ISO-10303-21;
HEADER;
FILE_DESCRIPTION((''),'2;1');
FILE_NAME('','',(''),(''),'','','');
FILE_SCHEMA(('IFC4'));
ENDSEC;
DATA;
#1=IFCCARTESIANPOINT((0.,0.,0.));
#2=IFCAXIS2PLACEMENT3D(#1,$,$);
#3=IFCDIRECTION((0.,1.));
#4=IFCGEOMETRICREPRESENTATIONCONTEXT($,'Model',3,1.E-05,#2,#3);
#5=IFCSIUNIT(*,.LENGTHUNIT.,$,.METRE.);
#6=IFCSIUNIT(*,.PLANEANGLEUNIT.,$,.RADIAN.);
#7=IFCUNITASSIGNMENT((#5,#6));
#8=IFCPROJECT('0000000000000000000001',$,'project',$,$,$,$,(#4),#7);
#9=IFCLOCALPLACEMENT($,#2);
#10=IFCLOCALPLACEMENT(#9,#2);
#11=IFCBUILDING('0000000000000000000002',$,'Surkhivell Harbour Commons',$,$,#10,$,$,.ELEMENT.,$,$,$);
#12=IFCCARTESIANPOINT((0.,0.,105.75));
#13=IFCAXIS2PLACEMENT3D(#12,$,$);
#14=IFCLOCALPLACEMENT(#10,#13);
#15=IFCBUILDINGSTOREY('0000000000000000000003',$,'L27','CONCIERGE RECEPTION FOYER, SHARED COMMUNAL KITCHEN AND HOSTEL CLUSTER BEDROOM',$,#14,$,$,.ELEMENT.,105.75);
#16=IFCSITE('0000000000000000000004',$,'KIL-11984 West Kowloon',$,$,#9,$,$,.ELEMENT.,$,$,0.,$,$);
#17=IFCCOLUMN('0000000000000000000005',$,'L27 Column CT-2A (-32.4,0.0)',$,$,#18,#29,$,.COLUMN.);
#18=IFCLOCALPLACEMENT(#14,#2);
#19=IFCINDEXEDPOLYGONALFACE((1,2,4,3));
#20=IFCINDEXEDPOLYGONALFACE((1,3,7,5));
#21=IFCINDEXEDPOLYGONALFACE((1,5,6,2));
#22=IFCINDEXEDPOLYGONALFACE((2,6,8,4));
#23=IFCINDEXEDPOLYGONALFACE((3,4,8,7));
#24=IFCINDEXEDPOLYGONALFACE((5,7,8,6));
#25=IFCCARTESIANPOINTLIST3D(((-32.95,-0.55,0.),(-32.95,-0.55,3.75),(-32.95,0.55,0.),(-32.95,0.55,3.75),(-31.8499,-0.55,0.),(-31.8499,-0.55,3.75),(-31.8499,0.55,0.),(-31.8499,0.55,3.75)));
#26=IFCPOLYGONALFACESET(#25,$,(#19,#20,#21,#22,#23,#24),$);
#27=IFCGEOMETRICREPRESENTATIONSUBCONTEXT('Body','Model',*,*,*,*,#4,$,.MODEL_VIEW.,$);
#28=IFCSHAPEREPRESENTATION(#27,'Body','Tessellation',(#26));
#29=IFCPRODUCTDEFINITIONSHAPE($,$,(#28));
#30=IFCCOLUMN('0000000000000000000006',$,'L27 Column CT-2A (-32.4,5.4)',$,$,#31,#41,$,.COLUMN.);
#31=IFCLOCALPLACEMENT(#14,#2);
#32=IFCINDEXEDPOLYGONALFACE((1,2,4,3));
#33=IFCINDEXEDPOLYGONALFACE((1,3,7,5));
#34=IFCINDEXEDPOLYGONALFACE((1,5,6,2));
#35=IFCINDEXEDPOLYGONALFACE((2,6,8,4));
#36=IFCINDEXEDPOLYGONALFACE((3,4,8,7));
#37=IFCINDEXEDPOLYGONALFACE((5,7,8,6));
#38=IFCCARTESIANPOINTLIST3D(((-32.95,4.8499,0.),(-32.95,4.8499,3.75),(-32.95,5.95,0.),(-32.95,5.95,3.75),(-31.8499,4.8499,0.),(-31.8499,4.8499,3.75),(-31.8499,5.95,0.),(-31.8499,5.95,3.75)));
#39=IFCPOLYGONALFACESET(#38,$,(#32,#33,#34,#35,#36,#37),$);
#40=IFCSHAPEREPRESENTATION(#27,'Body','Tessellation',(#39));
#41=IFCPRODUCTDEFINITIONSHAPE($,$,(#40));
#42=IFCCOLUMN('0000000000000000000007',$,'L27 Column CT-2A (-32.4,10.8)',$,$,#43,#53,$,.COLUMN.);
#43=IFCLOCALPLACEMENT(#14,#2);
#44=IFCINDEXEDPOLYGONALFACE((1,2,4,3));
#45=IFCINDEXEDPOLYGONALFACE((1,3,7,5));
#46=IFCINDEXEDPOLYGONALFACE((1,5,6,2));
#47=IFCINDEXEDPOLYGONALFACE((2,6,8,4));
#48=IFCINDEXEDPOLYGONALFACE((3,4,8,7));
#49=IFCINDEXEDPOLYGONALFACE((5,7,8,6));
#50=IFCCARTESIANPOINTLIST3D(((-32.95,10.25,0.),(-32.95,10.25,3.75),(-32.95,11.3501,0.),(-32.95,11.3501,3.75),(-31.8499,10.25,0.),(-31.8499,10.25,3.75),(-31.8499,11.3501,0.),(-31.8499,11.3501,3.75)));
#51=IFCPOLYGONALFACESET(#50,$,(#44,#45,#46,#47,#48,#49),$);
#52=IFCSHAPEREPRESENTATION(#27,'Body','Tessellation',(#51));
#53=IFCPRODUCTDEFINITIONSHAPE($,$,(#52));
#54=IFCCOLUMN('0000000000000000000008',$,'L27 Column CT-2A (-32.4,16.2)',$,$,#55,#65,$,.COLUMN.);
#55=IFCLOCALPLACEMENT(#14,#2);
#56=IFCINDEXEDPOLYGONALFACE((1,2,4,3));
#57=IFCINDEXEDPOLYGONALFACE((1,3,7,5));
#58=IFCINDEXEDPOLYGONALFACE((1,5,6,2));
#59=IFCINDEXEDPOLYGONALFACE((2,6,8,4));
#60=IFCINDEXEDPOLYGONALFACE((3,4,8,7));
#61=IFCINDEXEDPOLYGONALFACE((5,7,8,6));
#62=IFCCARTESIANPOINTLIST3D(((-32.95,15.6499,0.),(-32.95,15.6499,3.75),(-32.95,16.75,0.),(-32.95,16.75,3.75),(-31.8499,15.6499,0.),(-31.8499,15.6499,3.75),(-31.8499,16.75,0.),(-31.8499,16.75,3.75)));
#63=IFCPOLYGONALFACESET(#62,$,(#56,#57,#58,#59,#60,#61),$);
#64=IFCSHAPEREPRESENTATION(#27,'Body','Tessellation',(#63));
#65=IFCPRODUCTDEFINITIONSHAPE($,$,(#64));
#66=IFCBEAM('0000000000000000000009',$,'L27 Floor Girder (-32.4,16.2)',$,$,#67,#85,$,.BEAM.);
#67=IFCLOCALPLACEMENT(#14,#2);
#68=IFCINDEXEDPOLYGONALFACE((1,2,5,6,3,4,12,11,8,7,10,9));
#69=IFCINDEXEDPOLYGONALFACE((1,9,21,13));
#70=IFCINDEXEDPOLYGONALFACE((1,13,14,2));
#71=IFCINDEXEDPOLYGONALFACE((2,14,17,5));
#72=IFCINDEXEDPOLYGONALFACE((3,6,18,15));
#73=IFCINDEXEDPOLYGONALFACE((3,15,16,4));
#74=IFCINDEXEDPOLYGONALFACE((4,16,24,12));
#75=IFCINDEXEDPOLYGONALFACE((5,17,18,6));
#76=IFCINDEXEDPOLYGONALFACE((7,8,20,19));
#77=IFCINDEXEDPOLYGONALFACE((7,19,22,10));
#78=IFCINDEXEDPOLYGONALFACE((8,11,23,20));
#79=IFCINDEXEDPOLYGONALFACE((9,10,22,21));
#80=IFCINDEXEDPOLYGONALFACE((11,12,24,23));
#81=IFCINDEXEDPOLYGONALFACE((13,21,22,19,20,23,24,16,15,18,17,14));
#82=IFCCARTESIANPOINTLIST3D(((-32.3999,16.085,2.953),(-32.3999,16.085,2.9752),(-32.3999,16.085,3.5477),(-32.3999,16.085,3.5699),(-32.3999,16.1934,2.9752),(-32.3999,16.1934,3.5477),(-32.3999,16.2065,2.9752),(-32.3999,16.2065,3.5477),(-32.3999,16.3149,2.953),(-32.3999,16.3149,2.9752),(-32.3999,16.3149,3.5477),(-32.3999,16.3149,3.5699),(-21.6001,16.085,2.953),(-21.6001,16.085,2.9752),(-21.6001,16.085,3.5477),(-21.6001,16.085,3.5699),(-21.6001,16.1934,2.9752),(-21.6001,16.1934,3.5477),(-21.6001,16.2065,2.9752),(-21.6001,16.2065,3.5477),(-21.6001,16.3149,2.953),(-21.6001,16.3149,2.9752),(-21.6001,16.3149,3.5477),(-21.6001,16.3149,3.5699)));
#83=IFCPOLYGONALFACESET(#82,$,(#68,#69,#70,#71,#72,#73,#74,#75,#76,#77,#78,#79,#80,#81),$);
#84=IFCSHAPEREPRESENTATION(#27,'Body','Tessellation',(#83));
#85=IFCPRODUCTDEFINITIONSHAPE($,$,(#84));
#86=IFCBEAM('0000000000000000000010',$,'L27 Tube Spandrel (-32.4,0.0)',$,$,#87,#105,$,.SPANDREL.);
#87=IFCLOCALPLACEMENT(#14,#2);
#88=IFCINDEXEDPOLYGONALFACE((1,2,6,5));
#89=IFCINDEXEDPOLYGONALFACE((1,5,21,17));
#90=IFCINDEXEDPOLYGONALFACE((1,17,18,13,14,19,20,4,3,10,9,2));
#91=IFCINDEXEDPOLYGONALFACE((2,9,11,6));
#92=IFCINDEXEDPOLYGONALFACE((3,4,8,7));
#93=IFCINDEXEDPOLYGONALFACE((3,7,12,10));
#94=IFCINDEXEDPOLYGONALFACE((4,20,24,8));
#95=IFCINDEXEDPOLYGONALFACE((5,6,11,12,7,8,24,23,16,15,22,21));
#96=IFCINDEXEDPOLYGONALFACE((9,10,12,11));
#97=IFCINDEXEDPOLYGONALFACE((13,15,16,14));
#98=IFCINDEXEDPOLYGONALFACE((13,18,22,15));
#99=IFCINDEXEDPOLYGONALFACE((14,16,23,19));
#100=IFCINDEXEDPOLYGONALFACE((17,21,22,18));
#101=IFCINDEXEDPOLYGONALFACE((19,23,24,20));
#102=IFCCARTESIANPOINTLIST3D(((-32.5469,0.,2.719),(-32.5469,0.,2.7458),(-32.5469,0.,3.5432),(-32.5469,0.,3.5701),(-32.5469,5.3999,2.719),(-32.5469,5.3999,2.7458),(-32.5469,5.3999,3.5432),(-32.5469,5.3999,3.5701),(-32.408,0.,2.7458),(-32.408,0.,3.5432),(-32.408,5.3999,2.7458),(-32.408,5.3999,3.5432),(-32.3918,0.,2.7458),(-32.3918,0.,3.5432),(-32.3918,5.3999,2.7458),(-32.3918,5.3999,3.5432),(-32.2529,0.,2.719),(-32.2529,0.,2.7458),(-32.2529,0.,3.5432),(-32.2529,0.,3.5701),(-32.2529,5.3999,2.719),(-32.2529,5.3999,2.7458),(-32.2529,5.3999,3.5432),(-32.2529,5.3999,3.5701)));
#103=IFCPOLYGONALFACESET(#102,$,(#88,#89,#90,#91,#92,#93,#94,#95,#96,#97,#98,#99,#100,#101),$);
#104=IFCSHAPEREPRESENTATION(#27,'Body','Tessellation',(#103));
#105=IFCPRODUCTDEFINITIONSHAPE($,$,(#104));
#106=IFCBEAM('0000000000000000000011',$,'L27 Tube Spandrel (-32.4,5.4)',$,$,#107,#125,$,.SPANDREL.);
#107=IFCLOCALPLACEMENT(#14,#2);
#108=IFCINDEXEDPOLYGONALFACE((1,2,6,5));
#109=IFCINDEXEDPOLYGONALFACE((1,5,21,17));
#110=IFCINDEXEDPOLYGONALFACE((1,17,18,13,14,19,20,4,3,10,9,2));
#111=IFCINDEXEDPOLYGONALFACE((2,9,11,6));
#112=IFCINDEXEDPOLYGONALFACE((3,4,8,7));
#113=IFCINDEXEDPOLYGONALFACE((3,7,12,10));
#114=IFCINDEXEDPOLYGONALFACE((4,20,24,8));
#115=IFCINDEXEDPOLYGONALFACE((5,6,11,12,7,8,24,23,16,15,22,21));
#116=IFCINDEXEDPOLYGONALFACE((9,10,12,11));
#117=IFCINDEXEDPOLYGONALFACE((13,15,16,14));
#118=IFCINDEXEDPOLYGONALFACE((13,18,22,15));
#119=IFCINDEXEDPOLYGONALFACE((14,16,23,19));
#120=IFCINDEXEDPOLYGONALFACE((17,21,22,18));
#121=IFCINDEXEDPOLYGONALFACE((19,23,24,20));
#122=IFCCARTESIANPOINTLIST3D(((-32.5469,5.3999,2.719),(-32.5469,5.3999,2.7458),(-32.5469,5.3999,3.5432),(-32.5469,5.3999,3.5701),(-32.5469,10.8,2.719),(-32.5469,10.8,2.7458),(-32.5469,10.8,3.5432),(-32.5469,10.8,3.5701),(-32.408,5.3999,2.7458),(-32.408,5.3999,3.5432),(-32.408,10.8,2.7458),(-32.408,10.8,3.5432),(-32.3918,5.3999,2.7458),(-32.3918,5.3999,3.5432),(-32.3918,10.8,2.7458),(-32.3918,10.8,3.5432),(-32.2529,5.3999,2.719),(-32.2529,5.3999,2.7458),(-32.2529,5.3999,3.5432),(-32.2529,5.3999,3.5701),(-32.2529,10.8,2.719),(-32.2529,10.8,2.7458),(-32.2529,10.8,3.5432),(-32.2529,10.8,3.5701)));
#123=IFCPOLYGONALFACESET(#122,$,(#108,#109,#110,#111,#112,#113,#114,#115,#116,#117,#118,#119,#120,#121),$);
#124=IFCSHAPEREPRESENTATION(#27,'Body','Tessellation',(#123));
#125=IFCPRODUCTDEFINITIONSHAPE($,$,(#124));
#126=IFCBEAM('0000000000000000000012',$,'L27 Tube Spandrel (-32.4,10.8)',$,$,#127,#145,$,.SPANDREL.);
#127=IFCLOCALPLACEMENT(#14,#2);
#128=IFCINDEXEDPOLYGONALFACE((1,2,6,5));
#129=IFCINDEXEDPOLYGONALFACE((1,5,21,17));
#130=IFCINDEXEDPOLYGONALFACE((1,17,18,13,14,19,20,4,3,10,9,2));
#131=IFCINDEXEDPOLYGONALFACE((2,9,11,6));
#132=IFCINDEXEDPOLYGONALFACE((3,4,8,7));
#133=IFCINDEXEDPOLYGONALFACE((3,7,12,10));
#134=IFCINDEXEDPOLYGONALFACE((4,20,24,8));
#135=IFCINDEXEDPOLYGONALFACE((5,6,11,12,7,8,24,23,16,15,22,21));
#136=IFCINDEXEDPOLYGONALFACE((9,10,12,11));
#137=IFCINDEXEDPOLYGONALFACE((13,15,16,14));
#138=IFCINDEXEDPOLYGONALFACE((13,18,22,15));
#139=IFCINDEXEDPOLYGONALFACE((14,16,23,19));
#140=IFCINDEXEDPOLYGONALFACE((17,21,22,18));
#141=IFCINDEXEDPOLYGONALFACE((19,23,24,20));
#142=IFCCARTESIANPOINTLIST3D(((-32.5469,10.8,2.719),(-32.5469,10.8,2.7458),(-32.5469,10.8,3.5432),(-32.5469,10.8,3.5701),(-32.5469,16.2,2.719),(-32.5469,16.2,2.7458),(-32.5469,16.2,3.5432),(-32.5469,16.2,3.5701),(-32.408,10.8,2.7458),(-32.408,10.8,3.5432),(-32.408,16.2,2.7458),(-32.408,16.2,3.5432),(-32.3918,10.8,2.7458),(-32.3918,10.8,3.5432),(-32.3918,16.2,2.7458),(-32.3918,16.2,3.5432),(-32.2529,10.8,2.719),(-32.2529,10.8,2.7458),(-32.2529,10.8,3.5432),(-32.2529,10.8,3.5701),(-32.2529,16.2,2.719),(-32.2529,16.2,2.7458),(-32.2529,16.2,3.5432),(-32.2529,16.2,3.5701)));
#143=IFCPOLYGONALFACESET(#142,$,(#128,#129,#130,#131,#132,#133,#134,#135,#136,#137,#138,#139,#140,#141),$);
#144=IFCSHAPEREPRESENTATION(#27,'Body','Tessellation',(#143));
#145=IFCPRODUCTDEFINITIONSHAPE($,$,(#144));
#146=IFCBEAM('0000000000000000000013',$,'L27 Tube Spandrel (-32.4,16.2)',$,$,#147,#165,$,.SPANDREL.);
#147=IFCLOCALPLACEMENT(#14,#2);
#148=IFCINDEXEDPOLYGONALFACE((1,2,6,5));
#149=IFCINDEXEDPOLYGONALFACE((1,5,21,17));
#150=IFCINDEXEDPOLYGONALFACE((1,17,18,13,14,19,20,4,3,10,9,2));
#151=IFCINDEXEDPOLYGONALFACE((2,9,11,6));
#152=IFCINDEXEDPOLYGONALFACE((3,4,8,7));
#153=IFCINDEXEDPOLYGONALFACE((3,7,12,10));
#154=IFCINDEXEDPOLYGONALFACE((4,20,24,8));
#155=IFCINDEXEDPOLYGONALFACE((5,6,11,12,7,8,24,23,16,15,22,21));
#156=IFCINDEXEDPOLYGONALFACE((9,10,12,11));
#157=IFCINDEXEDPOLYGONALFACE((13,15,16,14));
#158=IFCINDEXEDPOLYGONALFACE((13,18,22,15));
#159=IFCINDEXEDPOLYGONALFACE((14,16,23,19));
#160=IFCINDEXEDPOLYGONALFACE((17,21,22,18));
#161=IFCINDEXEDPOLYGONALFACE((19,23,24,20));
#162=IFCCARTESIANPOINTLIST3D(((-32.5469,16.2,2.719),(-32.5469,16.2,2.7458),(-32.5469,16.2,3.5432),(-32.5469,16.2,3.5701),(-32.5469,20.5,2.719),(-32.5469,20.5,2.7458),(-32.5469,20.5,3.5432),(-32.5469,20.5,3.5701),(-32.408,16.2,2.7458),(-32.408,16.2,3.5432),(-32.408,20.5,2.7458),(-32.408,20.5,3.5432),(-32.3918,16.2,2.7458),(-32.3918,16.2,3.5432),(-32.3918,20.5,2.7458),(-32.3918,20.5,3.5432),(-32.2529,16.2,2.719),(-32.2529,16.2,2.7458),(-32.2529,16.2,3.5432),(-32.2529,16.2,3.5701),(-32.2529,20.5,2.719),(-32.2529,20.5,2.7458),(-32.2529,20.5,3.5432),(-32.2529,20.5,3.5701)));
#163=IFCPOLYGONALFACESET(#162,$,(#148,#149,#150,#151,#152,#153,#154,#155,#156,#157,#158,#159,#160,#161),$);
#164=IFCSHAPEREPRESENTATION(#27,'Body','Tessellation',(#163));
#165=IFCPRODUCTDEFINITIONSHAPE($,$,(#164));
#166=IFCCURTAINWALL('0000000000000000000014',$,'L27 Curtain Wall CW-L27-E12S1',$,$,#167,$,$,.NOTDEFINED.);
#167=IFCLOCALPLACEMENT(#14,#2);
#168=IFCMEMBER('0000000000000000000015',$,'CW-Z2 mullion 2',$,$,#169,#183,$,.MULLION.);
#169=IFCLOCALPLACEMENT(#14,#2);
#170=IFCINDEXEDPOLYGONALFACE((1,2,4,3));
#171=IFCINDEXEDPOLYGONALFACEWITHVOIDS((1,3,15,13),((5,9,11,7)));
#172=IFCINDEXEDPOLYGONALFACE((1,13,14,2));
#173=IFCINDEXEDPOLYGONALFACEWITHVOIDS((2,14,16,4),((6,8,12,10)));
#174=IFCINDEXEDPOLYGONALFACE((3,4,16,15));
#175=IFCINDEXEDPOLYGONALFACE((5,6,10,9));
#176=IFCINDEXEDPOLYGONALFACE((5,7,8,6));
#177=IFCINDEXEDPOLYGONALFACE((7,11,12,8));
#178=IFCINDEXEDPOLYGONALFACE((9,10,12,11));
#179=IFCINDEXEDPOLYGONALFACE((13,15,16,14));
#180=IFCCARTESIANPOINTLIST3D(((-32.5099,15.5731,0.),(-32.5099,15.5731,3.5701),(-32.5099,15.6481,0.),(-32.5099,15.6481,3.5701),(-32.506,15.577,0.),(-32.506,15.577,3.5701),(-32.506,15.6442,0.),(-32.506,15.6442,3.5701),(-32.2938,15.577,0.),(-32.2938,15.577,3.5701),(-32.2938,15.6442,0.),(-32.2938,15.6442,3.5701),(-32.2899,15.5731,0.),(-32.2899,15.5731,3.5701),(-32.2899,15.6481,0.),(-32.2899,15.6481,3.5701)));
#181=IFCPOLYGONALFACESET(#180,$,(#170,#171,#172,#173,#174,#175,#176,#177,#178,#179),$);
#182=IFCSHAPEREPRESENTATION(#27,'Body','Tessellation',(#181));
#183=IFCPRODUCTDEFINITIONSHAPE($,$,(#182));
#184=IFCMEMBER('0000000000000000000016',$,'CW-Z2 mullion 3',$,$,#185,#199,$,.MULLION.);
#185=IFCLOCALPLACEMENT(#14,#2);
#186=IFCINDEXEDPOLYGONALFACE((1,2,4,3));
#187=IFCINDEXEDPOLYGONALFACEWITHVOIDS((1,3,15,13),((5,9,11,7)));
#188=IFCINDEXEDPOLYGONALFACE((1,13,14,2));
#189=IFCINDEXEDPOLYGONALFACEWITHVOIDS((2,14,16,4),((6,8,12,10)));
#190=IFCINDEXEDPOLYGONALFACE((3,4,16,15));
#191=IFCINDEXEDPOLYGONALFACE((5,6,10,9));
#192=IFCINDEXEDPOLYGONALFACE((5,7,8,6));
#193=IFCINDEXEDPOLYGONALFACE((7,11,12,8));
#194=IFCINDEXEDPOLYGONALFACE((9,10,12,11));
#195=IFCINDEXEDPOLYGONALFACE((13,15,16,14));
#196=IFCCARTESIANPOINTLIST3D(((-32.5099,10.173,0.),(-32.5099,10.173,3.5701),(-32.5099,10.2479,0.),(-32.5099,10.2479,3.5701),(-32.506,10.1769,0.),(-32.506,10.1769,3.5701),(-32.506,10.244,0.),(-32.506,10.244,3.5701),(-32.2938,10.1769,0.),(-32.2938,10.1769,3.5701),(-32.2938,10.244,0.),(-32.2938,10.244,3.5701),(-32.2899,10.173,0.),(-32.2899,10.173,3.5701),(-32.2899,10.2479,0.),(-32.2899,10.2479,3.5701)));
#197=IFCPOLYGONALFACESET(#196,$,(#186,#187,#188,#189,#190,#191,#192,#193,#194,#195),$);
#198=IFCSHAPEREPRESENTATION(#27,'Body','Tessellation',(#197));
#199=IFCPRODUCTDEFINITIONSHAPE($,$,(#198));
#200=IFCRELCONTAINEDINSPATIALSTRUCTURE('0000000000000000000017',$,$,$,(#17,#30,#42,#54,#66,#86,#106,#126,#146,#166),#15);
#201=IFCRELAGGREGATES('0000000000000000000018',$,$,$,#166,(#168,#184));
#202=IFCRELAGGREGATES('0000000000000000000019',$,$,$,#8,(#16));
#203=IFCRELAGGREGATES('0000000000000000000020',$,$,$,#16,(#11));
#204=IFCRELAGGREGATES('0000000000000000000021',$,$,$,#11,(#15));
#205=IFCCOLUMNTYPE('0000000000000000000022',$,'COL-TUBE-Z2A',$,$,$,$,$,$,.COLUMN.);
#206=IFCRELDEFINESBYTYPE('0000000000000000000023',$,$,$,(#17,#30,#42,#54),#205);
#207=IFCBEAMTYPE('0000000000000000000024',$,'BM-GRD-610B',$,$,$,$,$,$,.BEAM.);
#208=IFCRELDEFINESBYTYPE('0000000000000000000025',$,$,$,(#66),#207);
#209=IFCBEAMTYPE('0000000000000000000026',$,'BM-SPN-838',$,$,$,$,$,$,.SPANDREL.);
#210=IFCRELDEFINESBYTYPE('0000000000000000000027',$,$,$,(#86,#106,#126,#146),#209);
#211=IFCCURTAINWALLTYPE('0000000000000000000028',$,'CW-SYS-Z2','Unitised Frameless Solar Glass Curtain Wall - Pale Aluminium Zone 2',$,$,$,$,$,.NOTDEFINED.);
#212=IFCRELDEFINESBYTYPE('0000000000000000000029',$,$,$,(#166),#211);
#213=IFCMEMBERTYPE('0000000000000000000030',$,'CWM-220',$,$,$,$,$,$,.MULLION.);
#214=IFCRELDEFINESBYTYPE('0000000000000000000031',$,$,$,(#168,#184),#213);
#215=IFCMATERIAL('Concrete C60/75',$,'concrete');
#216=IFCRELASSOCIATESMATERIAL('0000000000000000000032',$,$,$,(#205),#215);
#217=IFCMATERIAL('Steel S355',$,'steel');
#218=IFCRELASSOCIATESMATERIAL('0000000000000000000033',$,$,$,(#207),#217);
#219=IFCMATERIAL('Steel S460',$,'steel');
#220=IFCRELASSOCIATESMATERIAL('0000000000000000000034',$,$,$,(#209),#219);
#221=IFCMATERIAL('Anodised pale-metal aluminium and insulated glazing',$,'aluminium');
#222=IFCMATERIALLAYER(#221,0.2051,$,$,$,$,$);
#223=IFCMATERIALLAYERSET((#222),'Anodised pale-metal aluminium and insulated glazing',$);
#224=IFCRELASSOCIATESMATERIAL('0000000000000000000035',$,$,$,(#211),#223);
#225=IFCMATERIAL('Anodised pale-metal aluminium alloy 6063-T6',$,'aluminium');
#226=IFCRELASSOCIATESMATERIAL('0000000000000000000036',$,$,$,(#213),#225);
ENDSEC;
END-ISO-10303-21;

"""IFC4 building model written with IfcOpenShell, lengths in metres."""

from ifc_helpers import new_model, si_unit, direction, frame, origin, origin_2d, place, context, subcontext, project, spatial, rectangle, hollow_rectangle, i_section, extrude, material, layer, layer_set, material_profile, profile_set, type_object, element, aggregate, save


model = new_model("IFC4")

# Units and contexts
model_context = context("Model", 3, precision=1e-05, world=origin(), true_north=direction((0.0, 1.0)))
body_context = subcontext(model_context, "Body", "Model", "MODEL_VIEW")
ifc_project = project(units=[si_unit("LENGTHUNIT", "METRE"), si_unit("PLANEANGLEUNIT", "RADIAN")], contexts=[model_context])

# Site, building, storey
site_placement = place(None, origin())
site = spatial("IfcSite", under=ifc_project, at=site_placement, Name="KIL-11984 West Kowloon", CompositionType="ELEMENT", RefElevation=0.0)
building_placement = place(site_placement, origin())
building = spatial("IfcBuilding", under=site, at=building_placement, Name="Surkhivell Harbour Commons", CompositionType="ELEMENT")
storey_placement = place(building_placement, frame((0.0, 0.0, 105.75)))
storey = spatial("IfcBuildingStorey", under=building, at=storey_placement, Name="L27", Description="CONCIERGE RECEPTION FOYER, SHARED COMMUNAL KITCHEN AND HOSTEL CLUSTER BEDROOM", CompositionType="ELEMENT", Elevation=105.75)

# Columns
ifc_material_1 = material(Name="Concrete C60/75", Category="concrete")
ifc_material_profile_1 = material_profile(ifc_material_1, rectangle(XDim=1.1001, YDim=1.1001, at=origin_2d()), Name="RC-COL-1100x1100")
ifc_profile_set_1 = profile_set([ifc_material_profile_1], Name="Concrete C60/75")
column_type = type_object("IfcColumnType", Name="COL-TUBE-Z2A", PredefinedType="COLUMN", material=ifc_profile_set_1)
for number, where, z_axis, x_axis, name in (
    (1, (-32.3999, 0.0, 0.0), (0.0, 0.0, 1.0), (1.0, 0.0, 0.0), "L27 Column CT-2A (-32.4,0.0)"),
    (2, (-32.3999, 5.3999, 0.0), (0.0, 0.0, 1.0), (1.0, 0.0, 0.0), "L27 Column CT-2A (-32.4,5.4)"),
    (3, (-32.3999, 10.8, 0.0), (0.0, 0.0, 1.0), (1.0, 0.0, 0.0), "L27 Column CT-2A (-32.4,10.8)"),
    (4, (-32.3999, 16.2, 0.0), (0.0, 0.0, 1.0), (1.0, 0.0, 0.0), "L27 Column CT-2A (-32.4,16.2)"),
):
    element("IfcColumn", number, at=place(storey_placement, frame(where, z_axis=z_axis, x_axis=x_axis)), inside=storey, type_object=column_type, Name=name, PredefinedType="COLUMN", context=body_context, shape_type="SweptSolid", body=[
        extrude(rectangle(XDim=1.1001, YDim=1.1001, at=origin_2d()), origin(), (0.0, 0.0, 1.0), 3.75),
    ])

# Beams
ifc_material_2 = material(Name="Steel S355", Category="steel")
ifc_material_profile_2 = material_profile(ifc_material_2, i_section(OverallWidth=0.23, OverallDepth=0.6169, WebThickness=0.0132, FlangeThickness=0.0222, at=origin_2d()), Name="UB610x229x140")
ifc_profile_set_2 = profile_set([ifc_material_profile_2], Name="Steel S355")
beam_type_1 = type_object("IfcBeamType", Name="BM-GRD-610B", PredefinedType="BEAM", material=ifc_profile_set_2)
beam_1_placement = place(storey_placement, frame((-32.3999, 16.2, 3.2615), z_axis=(1.0, 0.0, 0.0), x_axis=(0.0, 1.0, 0.0)))
element("IfcBeam", 5, at=beam_1_placement, inside=storey, type_object=beam_type_1, Name="L27 Floor Girder (-32.4,16.2)", PredefinedType="BEAM", context=body_context, shape_type="SweptSolid", body=[
    extrude(i_section(OverallWidth=0.23, OverallDepth=0.6169, WebThickness=0.0132, FlangeThickness=0.0222, at=origin_2d()), origin(), (0.0, 0.0, 1.0), 10.7998),
])
ifc_material_3 = material(Name="Steel S460", Category="steel")
ifc_material_profile_3 = material_profile(ifc_material_3, i_section(OverallWidth=0.2939, OverallDepth=0.8511, WebThickness=0.0161, FlangeThickness=0.0269, at=origin_2d()), Name="UB838x292x226")
ifc_profile_set_3 = profile_set([ifc_material_profile_3], Name="Steel S460")
beam_type_2 = type_object("IfcBeamType", Name="BM-SPN-838", PredefinedType="SPANDREL", material=ifc_profile_set_3)
beam_2_placement = place(storey_placement, frame((-32.3999, 0.0, 3.1445), z_axis=(0.0, 1.0, 0.0), x_axis=(-1.0, 0.0, 0.0)))
element("IfcBeam", 6, at=beam_2_placement, inside=storey, type_object=beam_type_2, Name="L27 Tube Spandrel (-32.4,0.0)", PredefinedType="SPANDREL", context=body_context, shape_type="SweptSolid", body=[
    extrude(i_section(OverallWidth=0.2939, OverallDepth=0.8511, WebThickness=0.0161, FlangeThickness=0.0269, at=origin_2d()), origin(), (0.0, 0.0, 1.0), 5.3999),
])
beam_3_placement = place(storey_placement, frame((-32.3999, 5.3999, 3.1445), z_axis=(0.0, 1.0, 0.0), x_axis=(-1.0, 0.0, 0.0)))
element("IfcBeam", 7, at=beam_3_placement, inside=storey, type_object=beam_type_2, Name="L27 Tube Spandrel (-32.4,5.4)", PredefinedType="SPANDREL", context=body_context, shape_type="SweptSolid", body=[
    extrude(i_section(OverallWidth=0.2939, OverallDepth=0.8511, WebThickness=0.0161, FlangeThickness=0.0269, at=origin_2d()), origin(), (0.0, 0.0, 1.0), 5.4001),
])
beam_4_placement = place(storey_placement, frame((-32.3999, 10.8, 3.1445), z_axis=(0.0, 1.0, 0.0), x_axis=(-1.0, 0.0, 0.0)))
element("IfcBeam", 8, at=beam_4_placement, inside=storey, type_object=beam_type_2, Name="L27 Tube Spandrel (-32.4,10.8)", PredefinedType="SPANDREL", context=body_context, shape_type="SweptSolid", body=[
    extrude(i_section(OverallWidth=0.2939, OverallDepth=0.8511, WebThickness=0.0161, FlangeThickness=0.0269, at=origin_2d()), origin(), (0.0, 0.0, 1.0), 5.3999),
])
beam_5_placement = place(storey_placement, frame((-32.3999, 16.2, 3.1445), z_axis=(0.0, 1.0, 0.0), x_axis=(-1.0, 0.0, 0.0)))
element("IfcBeam", 9, at=beam_5_placement, inside=storey, type_object=beam_type_2, Name="L27 Tube Spandrel (-32.4,16.2)", PredefinedType="SPANDREL", context=body_context, shape_type="SweptSolid", body=[
    extrude(i_section(OverallWidth=0.2939, OverallDepth=0.8511, WebThickness=0.0161, FlangeThickness=0.0269, at=origin_2d()), origin(), (0.0, 0.0, 1.0), 4.3),
])

# Curtain wall, members
ifc_material_4 = material(Name="Anodised pale-metal aluminium and insulated glazing", Category="aluminium")
ifc_layer_1 = layer(ifc_material_4, 0.2051)
ifc_layer_set_1 = layer_set([ifc_layer_1], Name="Anodised pale-metal aluminium and insulated glazing")
curtain_wall_type = type_object("IfcCurtainWallType", Name="CW-SYS-Z2", Description="Unitised Frameless Solar Glass Curtain Wall - Pale Aluminium Zone 2", PredefinedType="NOTDEFINED", material=ifc_layer_set_1)
curtain_wall_placement = place(storey_placement, origin())
curtain_wall = element("IfcCurtainWall", 10, at=curtain_wall_placement, inside=storey, type_object=curtain_wall_type, Name="L27 Curtain Wall CW-L27-E12S1", PredefinedType="NOTDEFINED")
ifc_material_5 = material(Name="Anodised pale-metal aluminium alloy 6063-T6", Category="aluminium")
ifc_material_profile_4 = material_profile(ifc_material_5, hollow_rectangle(XDim=0.075, YDim=0.22, WallThickness=0.0039, at=origin_2d()), Name="ALU-MULL-75x220")
ifc_profile_set_4 = profile_set([ifc_material_profile_4], Name="Anodised pale-metal aluminium alloy 6063-T6")
member_type_1 = type_object("IfcMemberType", Name="CWM-220", PredefinedType="MULLION", material=ifc_profile_set_4)
member_1_placement = place(storey_placement, frame((-32.3999, 15.6106, 0.0), z_axis=(0.0, 0.0, 1.0), x_axis=(0.0, -1.0, 0.0)))
member_1 = element("IfcMember", 11, at=member_1_placement, type_object=member_type_1, Name="CW-Z2 mullion 2", PredefinedType="MULLION", context=body_context, shape_type="SweptSolid", body=[
    extrude(hollow_rectangle(XDim=0.075, YDim=0.22, WallThickness=0.0039, at=origin_2d()), origin(), (0.0, 0.0, 1.0), 3.5701),
])
member_2_placement = place(storey_placement, frame((-32.3999, 10.2104, 0.0), z_axis=(0.0, 0.0, 1.0), x_axis=(0.0, -1.0, 0.0)))
member_2 = element("IfcMember", 12, at=member_2_placement, type_object=member_type_1, Name="CW-Z2 mullion 3", PredefinedType="MULLION", context=body_context, shape_type="SweptSolid", body=[
    extrude(hollow_rectangle(XDim=0.075, YDim=0.22, WallThickness=0.0039, at=origin_2d()), origin(), (0.0, 0.0, 1.0), 3.5701),
])
aggregate(curtain_wall, [member_1, member_2])

save(model, "model.ifc")
